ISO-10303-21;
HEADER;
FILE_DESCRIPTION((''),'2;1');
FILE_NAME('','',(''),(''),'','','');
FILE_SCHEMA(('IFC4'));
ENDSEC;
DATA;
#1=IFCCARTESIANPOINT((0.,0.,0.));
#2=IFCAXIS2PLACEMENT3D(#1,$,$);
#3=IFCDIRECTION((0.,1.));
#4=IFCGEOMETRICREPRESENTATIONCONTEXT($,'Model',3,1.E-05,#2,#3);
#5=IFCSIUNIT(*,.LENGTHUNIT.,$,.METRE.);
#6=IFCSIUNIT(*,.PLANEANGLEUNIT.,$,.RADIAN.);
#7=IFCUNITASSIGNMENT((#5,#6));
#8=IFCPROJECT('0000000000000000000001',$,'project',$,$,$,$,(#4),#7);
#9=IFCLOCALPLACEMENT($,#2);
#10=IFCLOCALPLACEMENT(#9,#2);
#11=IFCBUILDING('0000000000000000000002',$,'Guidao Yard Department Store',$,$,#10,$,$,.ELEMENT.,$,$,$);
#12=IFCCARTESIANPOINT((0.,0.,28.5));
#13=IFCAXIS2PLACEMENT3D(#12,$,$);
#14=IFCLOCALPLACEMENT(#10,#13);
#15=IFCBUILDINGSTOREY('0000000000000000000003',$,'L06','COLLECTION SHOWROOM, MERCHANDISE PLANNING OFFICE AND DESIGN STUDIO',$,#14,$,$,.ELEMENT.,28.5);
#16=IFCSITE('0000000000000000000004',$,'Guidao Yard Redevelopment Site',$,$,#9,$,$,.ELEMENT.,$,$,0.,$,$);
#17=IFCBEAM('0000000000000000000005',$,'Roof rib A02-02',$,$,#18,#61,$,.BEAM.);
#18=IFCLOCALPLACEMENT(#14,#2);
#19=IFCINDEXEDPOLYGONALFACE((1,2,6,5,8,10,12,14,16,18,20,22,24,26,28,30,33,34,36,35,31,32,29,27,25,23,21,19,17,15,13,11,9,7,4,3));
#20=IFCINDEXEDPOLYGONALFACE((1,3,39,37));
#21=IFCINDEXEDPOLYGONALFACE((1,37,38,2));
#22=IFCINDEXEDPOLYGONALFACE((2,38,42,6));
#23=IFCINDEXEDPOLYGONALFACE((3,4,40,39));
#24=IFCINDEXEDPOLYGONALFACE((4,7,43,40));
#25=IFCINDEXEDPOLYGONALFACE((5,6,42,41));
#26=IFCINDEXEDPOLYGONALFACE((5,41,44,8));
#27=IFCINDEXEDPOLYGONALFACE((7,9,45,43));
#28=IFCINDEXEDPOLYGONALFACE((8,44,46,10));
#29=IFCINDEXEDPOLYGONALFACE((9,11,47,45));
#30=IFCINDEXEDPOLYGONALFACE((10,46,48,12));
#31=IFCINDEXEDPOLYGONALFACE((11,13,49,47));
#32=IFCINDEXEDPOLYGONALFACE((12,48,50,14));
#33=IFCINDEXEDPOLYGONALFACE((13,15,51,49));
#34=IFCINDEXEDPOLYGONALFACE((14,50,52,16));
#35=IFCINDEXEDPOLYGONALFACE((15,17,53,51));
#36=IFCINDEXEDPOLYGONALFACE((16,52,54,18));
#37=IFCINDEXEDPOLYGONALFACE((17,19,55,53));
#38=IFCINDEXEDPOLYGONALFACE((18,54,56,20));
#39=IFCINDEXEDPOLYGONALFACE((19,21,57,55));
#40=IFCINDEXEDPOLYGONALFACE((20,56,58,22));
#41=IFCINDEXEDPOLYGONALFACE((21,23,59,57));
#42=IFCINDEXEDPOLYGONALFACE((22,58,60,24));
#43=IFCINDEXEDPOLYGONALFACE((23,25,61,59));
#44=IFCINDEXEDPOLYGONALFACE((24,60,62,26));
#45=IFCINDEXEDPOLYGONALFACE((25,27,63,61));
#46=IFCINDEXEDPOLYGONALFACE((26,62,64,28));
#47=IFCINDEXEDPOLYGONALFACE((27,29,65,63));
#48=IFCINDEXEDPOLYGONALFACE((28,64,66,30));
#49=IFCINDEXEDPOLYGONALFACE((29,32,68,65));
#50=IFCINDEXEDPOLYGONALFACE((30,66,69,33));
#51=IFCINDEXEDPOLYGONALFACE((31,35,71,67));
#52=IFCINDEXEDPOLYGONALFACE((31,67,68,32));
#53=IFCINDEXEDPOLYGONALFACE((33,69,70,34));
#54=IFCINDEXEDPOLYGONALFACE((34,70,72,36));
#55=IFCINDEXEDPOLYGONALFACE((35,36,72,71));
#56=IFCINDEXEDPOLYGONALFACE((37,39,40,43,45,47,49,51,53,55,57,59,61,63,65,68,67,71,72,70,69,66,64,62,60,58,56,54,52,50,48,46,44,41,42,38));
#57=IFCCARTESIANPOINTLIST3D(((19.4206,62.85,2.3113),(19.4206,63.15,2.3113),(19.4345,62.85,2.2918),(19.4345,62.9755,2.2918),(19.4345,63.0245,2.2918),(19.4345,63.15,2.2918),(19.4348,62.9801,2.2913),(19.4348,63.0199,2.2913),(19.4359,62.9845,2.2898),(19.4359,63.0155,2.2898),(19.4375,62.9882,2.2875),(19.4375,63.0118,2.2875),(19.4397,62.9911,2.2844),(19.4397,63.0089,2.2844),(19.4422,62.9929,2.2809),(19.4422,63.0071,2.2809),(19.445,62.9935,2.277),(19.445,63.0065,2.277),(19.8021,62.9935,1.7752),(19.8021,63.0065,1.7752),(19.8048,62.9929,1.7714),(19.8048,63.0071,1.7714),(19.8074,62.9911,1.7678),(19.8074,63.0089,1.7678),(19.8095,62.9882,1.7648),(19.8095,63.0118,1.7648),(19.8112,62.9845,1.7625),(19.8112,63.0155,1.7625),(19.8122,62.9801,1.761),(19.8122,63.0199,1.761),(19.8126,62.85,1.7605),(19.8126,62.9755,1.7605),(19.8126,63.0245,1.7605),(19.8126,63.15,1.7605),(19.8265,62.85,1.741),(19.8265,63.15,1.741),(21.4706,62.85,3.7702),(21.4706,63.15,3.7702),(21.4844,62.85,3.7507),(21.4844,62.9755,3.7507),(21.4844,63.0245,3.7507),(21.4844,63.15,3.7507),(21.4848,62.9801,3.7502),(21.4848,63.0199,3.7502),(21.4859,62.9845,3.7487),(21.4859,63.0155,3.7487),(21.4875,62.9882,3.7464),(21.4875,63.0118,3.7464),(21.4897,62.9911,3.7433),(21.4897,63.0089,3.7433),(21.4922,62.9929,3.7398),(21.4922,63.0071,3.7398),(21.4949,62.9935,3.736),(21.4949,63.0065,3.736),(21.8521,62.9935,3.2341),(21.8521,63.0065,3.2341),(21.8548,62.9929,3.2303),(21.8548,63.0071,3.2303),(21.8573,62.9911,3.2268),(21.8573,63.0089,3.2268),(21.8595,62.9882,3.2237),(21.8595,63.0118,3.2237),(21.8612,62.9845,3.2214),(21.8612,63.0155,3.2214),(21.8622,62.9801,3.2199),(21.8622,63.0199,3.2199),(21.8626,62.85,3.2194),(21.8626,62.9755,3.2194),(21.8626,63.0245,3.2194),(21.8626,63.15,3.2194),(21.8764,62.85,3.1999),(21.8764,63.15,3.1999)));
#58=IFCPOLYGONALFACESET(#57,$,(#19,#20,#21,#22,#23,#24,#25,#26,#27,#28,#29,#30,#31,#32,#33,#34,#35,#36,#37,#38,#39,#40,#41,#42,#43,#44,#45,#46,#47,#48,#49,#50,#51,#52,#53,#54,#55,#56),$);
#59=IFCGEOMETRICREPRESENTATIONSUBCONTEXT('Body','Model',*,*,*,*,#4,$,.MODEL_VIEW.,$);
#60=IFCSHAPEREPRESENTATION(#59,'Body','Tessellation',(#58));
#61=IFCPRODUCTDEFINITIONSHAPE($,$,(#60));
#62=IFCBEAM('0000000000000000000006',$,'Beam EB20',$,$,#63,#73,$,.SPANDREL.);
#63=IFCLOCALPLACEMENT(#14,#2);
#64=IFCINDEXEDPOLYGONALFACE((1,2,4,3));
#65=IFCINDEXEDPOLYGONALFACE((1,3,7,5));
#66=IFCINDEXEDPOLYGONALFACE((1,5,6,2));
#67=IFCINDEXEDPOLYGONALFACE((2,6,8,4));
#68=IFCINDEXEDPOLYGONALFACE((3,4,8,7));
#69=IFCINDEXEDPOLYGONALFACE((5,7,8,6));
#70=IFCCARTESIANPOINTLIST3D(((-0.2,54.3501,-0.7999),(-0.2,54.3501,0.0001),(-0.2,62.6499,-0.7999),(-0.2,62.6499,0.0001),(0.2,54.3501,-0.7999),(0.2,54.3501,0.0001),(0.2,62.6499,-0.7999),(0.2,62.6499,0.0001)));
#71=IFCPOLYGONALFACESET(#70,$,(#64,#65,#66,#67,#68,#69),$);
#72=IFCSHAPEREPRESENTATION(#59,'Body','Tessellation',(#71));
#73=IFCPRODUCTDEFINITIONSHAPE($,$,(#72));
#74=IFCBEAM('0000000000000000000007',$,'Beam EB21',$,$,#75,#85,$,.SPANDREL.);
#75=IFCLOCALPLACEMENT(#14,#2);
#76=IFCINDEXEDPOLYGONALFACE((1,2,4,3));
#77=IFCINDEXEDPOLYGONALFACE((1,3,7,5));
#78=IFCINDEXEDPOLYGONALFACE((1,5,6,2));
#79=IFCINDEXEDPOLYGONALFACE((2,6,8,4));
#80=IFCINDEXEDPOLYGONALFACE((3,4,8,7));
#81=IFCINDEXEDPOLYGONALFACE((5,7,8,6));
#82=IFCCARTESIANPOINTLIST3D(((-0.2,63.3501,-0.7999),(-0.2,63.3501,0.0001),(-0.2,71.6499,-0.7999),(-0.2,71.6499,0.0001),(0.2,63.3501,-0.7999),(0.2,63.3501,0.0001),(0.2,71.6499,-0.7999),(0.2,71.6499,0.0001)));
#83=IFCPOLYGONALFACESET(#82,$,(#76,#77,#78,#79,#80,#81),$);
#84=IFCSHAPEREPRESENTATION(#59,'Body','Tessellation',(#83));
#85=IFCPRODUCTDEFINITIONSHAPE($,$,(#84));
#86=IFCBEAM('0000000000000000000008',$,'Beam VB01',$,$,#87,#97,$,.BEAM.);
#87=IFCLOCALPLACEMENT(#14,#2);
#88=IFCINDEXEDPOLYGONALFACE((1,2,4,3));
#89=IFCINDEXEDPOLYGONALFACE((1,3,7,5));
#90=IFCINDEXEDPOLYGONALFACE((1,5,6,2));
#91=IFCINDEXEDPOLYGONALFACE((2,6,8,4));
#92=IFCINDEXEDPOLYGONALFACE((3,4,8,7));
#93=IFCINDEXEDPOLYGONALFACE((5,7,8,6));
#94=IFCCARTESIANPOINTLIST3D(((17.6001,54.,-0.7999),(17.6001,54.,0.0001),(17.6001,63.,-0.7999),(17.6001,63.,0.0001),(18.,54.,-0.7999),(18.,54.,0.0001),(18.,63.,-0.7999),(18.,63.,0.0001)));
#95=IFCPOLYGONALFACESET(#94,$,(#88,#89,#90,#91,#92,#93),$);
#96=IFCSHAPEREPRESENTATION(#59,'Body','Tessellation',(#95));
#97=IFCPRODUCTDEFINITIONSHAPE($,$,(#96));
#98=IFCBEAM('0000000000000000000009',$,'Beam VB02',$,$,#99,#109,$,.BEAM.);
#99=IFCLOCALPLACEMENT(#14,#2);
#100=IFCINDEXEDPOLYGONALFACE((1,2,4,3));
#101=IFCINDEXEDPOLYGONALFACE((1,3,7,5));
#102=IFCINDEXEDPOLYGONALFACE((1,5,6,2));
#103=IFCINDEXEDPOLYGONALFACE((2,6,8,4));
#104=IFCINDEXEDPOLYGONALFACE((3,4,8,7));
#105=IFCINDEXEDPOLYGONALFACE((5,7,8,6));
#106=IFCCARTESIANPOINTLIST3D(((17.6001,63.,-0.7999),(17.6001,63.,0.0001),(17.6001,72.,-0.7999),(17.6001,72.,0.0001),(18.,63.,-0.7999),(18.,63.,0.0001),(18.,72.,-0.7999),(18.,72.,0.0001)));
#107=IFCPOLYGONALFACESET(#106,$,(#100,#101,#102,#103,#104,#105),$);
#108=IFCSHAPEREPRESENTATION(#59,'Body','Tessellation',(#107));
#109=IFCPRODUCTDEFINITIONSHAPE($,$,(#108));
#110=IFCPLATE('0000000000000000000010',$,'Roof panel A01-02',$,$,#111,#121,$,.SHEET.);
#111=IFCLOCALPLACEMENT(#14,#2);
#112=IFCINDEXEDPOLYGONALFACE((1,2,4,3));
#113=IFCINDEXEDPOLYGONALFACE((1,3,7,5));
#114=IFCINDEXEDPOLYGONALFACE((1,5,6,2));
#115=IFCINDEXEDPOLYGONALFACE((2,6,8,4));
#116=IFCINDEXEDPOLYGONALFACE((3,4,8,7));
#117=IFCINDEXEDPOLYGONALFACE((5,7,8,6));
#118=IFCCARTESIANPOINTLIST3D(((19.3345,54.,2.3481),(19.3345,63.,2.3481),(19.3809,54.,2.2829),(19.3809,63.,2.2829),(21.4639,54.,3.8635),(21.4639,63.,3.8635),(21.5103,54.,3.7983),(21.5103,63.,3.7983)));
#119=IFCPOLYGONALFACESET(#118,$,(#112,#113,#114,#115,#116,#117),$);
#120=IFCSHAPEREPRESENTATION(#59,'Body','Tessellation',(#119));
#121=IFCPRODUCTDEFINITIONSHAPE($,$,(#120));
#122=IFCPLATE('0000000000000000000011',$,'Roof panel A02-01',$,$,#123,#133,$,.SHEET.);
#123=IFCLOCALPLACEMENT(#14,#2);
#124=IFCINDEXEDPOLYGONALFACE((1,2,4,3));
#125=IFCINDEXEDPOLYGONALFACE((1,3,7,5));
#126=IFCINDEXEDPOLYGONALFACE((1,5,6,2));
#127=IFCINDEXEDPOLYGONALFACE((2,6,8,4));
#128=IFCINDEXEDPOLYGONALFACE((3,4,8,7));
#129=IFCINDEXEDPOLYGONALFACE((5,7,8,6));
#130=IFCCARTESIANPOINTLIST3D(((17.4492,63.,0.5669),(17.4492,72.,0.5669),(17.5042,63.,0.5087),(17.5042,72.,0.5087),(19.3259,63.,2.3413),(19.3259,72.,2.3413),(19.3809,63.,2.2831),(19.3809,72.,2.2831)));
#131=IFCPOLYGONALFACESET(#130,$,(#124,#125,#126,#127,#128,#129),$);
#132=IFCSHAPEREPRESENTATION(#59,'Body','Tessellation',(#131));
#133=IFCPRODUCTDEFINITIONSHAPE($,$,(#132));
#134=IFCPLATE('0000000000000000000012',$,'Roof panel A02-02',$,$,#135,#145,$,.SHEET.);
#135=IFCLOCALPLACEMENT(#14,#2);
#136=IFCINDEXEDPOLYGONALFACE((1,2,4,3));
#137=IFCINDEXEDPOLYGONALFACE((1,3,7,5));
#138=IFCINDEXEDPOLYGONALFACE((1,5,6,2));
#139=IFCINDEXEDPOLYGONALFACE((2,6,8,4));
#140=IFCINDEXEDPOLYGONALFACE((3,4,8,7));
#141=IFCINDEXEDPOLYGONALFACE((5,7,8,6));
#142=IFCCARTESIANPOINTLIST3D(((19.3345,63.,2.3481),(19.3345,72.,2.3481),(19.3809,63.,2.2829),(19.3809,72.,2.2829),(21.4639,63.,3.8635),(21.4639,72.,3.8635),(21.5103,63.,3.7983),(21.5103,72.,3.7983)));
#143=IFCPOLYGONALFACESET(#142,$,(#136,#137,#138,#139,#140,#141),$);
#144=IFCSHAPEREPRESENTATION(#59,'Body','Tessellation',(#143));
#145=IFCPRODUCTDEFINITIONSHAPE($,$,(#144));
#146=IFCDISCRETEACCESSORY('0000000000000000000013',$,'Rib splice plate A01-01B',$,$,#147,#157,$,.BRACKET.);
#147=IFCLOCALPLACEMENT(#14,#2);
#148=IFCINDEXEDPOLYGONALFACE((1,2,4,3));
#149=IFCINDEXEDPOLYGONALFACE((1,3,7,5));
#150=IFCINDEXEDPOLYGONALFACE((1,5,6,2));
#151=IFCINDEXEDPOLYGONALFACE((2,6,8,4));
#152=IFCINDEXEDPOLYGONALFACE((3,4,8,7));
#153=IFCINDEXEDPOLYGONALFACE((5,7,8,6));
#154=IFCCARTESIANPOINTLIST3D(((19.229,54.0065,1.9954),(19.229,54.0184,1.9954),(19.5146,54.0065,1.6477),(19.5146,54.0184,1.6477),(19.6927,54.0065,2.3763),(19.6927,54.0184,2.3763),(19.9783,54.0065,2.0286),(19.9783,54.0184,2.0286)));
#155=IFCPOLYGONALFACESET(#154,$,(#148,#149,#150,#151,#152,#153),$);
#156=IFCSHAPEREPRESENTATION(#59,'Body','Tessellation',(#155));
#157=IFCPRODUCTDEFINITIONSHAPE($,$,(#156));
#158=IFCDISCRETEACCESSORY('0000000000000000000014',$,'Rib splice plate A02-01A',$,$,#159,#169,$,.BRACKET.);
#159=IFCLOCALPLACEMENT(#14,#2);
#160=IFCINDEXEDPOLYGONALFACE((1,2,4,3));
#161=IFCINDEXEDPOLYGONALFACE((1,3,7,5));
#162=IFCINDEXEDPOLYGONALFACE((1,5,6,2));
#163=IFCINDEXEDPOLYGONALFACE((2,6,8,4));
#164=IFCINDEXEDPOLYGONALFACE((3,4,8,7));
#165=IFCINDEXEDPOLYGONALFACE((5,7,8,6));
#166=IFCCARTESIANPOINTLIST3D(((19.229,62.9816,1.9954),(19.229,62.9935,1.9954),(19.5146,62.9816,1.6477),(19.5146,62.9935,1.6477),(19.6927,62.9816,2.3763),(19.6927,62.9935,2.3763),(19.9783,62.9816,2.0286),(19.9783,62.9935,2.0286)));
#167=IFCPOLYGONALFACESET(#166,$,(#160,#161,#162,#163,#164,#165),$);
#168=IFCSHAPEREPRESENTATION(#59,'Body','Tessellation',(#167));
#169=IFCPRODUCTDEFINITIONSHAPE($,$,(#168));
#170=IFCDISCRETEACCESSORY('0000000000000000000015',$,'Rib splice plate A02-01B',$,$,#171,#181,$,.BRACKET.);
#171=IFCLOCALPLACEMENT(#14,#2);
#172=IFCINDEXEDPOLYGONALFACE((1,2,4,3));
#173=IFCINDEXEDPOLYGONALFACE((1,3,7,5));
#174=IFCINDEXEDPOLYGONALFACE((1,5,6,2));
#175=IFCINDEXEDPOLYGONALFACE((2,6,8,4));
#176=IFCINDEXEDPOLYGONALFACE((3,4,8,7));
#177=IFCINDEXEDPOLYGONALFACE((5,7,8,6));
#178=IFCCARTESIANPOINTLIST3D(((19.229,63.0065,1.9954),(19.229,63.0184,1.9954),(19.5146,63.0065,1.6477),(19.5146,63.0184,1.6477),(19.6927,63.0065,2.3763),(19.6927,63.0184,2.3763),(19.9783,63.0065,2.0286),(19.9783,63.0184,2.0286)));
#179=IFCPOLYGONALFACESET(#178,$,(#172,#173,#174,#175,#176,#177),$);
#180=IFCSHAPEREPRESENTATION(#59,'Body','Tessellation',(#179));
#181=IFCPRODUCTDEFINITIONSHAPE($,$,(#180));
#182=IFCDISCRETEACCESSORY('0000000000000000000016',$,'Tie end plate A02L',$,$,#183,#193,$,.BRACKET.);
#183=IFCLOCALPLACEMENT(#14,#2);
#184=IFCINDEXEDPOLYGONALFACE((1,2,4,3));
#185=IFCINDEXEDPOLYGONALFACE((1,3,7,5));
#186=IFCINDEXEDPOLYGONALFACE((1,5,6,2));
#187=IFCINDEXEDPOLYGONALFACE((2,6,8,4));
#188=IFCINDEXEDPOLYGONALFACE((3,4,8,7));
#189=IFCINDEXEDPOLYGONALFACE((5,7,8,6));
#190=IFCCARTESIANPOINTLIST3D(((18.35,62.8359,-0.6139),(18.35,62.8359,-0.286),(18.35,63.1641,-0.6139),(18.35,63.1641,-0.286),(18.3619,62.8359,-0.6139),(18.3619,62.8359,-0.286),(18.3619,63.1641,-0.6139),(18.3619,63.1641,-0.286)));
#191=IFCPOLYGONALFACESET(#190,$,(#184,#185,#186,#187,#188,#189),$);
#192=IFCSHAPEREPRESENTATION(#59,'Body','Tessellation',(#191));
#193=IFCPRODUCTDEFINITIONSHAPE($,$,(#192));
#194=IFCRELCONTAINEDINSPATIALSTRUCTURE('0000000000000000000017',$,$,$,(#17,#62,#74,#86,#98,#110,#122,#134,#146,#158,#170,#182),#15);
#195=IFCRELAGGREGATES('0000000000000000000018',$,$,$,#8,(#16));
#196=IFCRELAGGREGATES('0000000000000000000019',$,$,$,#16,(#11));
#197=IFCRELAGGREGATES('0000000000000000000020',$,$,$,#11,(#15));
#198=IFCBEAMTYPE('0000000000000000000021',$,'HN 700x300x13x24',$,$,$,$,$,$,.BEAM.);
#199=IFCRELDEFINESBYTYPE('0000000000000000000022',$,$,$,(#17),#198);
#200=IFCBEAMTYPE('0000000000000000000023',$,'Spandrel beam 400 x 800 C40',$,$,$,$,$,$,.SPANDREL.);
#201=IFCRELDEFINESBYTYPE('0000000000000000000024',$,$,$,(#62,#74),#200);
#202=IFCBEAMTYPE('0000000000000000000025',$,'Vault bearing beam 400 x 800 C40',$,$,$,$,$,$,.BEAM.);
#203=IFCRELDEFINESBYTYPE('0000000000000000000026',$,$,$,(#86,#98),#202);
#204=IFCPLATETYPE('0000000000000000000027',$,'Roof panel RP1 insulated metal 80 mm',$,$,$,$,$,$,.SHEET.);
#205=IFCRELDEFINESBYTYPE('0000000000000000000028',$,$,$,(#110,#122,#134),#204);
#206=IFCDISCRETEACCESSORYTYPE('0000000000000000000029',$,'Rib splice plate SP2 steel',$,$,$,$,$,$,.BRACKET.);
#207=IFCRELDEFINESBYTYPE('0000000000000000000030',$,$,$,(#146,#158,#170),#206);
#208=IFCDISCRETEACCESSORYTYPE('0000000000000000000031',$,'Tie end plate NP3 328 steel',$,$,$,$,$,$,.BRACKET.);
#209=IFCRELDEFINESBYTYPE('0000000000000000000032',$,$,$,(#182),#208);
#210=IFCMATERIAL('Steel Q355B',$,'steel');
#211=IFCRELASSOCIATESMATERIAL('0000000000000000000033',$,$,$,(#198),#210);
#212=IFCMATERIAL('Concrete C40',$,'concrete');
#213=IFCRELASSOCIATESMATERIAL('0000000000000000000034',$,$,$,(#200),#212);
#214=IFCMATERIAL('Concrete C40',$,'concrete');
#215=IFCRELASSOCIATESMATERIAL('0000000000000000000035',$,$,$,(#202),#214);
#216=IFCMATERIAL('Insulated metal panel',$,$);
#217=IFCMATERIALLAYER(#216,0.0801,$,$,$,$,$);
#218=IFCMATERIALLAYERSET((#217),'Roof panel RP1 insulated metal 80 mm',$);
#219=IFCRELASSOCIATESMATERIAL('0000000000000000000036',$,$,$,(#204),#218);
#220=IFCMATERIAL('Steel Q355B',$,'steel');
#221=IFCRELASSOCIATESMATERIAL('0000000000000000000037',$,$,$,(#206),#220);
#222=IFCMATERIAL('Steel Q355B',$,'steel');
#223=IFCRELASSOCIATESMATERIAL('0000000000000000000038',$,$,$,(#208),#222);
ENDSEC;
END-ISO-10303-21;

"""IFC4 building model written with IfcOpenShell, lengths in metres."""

from ifc_helpers import new_model, si_unit, direction, frame, origin, origin_2d, place, context, subcontext, project, spatial, polyline, rectangle, i_section, outline, extrude, material, layer, layer_set, material_profile, profile_set, type_object, element, save


model = new_model("IFC4")

# Units and contexts
model_context = context("Model", 3, precision=1e-05, world=origin(), true_north=direction((0.0, 1.0)))
body_context = subcontext(model_context, "Body", "Model", "MODEL_VIEW")
ifc_project = project(units=[si_unit("LENGTHUNIT", "METRE"), si_unit("PLANEANGLEUNIT", "RADIAN")], contexts=[model_context])

# Site, building, storey
site_placement = place(None, origin())
site = spatial("IfcSite", under=ifc_project, at=site_placement, Name="Guidao Yard Redevelopment Site", CompositionType="ELEMENT", RefElevation=0.0)
building_placement = place(site_placement, origin())
building = spatial("IfcBuilding", under=site, at=building_placement, Name="Guidao Yard Department Store", CompositionType="ELEMENT")
storey_placement = place(building_placement, frame((0.0, 0.0, 28.5)))
storey = spatial("IfcBuildingStorey", under=building, at=storey_placement, Name="L06", Description="COLLECTION SHOWROOM, MERCHANDISE PLANNING OFFICE AND DESIGN STUDIO", CompositionType="ELEMENT", Elevation=28.5)

# Beams
ifc_material_1 = material(Name="Steel Q355B", Category="steel")
ifc_material_profile_1 = material_profile(ifc_material_1, i_section(OverallWidth=0.3, OverallDepth=0.7, WebThickness=0.0129, FlangeThickness=0.0239, FilletRadius=0.0181, at=origin_2d()), Name="HN 700x300x13x24")
ifc_profile_set_1 = profile_set([ifc_material_profile_1], Name="Steel Q355B")
beam_type_1 = type_object("IfcBeamType", Name="HN 700x300x13x24", PredefinedType="BEAM", material=ifc_profile_set_1)
beam_1_placement = place(storey_placement, frame((19.6235, 63.0, 2.0261), z_axis=(0.814735, 0.0, 0.579833), x_axis=(0.0, 1.0, 0.0)))
element("IfcBeam", 1, at=beam_1_placement, inside=storey, type_object=beam_type_1, Name="Roof rib A02-02", PredefinedType="BEAM", context=body_context, shape_type="SweptSolid", body=[
    extrude(i_section(OverallWidth=0.3, OverallDepth=0.7, WebThickness=0.0129, FlangeThickness=0.0239, FilletRadius=0.0181, at=origin_2d()), origin(), (0.0, 0.0, 1.0), 2.5161),
])
ifc_material_2 = material(Name="Concrete C40", Category="concrete")
ifc_material_profile_2 = material_profile(ifc_material_2, rectangle(XDim=0.3999, YDim=0.8, at=origin_2d()), Name="Spandrel beam 400 x 800 C40")
ifc_profile_set_2 = profile_set([ifc_material_profile_2], Name="Concrete C40")
beam_type_2 = type_object("IfcBeamType", Name="Spandrel beam 400 x 800 C40", PredefinedType="SPANDREL", material=ifc_profile_set_2)
for number, where, z_axis, x_axis, name in (
    (2, (0.0, 54.3501, -0.3999), (0.0, 1.0, 0.0), (-1.0, 0.0, 0.0), "Beam EB20"),
    (3, (0.0, 63.3501, -0.3999), (0.0, 1.0, 0.0), (-1.0, 0.0, 0.0), "Beam EB21"),
):
    element("IfcBeam", number, at=place(storey_placement, frame(where, z_axis=z_axis, x_axis=x_axis)), inside=storey, type_object=beam_type_2, Name=name, PredefinedType="SPANDREL", context=body_context, shape_type="SweptSolid", body=[
        extrude(rectangle(XDim=0.3999, YDim=0.8, at=origin_2d()), origin(), (0.0, 0.0, 1.0), 8.2998),
    ])
ifc_material_3 = material(Name="Concrete C40", Category="concrete")
ifc_material_profile_3 = material_profile(ifc_material_3, rectangle(XDim=0.3999, YDim=0.8, at=origin_2d()), Name="Vault bearing beam 400 x 800 C40")
ifc_profile_set_3 = profile_set([ifc_material_profile_3], Name="Concrete C40")
beam_type_3 = type_object("IfcBeamType", Name="Vault bearing beam 400 x 800 C40", PredefinedType="BEAM", material=ifc_profile_set_3)
for number, where, z_axis, x_axis, name in (
    (4, (17.8, 54.0, -0.3999), (0.0, 1.0, 0.0), (-1.0, 0.0, 0.0), "Beam VB01"),
    (5, (17.8, 63.0, -0.3999), (0.0, 1.0, 0.0), (-1.0, 0.0, 0.0), "Beam VB02"),
):
    element("IfcBeam", number, at=place(storey_placement, frame(where, z_axis=z_axis, x_axis=x_axis)), inside=storey, type_object=beam_type_3, Name=name, PredefinedType="BEAM", context=body_context, shape_type="SweptSolid", body=[
        extrude(rectangle(XDim=0.3999, YDim=0.8, at=origin_2d()), origin(), (0.0, 0.0, 1.0), 9.0),
    ])

# Plates
ifc_material_4 = material(Name="Insulated metal panel")
ifc_layer = layer(ifc_material_4, 0.0801)
ifc_layer_set = layer_set([ifc_layer], Name="Roof panel RP1 insulated metal 80 mm")
plate_type = type_object("IfcPlateType", Name="Roof panel RP1 insulated metal 80 mm", PredefinedType="SHEET", material=ifc_layer_set)
plate_1_placement = place(storey_placement, frame((19.3345, 54.0, 2.3481), z_axis=(-0.579815, 0.0, 0.814748), x_axis=(0.814748, 0.0, 0.579815)))
element("IfcPlate", 6, at=plate_1_placement, inside=storey, type_object=plate_type, Name="Roof panel A01-02", PredefinedType="SHEET", context=body_context, shape_type="SweptSolid", body=[
    extrude(outline(polyline([(0.0, 0.0), (2.6136, 0.0), (2.6136, 9.0), (0.0, 9.0), (0.0, 0.0)])), origin(), (0.0, 0.0, -1.0), 0.0801),
])
plate_2_placement = place(storey_placement, frame((17.4492, 63.0, 0.5669), z_axis=(-0.687026, 0.0, 0.726633), x_axis=(0.726633, 0.0, 0.687026)))
element("IfcPlate", 7, at=plate_2_placement, inside=storey, type_object=plate_type, Name="Roof panel A02-01", PredefinedType="SHEET", context=body_context, shape_type="SweptSolid", body=[
    extrude(outline(polyline([(0.0, 0.0), (2.5827, 0.0), (2.5827, 9.0), (0.0, 9.0), (0.0, 0.0)])), origin(), (0.0, 0.0, -1.0), 0.0801),
])
plate_3_placement = place(storey_placement, frame((19.3345, 63.0, 2.3481), z_axis=(-0.579815, 0.0, 0.814748), x_axis=(0.814748, 0.0, 0.579815)))
element("IfcPlate", 8, at=plate_3_placement, inside=storey, type_object=plate_type, Name="Roof panel A02-02", PredefinedType="SHEET", context=body_context, shape_type="SweptSolid", body=[
    extrude(outline(polyline([(0.0, 0.0), (2.6136, 0.0), (2.6136, 9.0), (0.0, 9.0), (0.0, 0.0)])), origin(), (0.0, 0.0, -1.0), 0.0801),
])

# Discrete accessories
ifc_material_5 = material(Name="Steel Q355B", Category="steel")
ifc_material_profile_4 = material_profile(ifc_material_5, rectangle(XDim=0.012, YDim=0.45, at=origin_2d()), Name="Splice plate 450x12")
ifc_profile_set_4 = profile_set([ifc_material_profile_4], Name="Steel Q355B")
discrete_accessory_type_1 = type_object("IfcDiscreteAccessoryType", Name="Rib splice plate SP2 steel", PredefinedType="BRACKET", material=ifc_profile_set_4)
for number, where, z_axis, x_axis, name in (
    (9, (19.3718, 54.0125, 1.8215), (0.772705, 0.0, 0.634765), (0.0, 1.0, 0.0), "Rib splice plate A01-01B"),
    (10, (19.3718, 62.9875, 1.8215), (0.772705, 0.0, 0.634765), (0.0, 1.0, 0.0), "Rib splice plate A02-01A"),
    (11, (19.3718, 63.0125, 1.8215), (0.772705, 0.0, 0.634765), (0.0, 1.0, 0.0), "Rib splice plate A02-01B"),
):
    element("IfcDiscreteAccessory", number, at=place(storey_placement, frame(where, z_axis=z_axis, x_axis=x_axis)), inside=storey, type_object=discrete_accessory_type_1, Name=name, PredefinedType="BRACKET", context=body_context, shape_type="SweptSolid", body=[
        extrude(rectangle(XDim=0.012, YDim=0.45, at=origin_2d()), origin(), (0.0, 0.0, 1.0), 0.6001),
    ])
ifc_material_6 = material(Name="Steel Q355B", Category="steel")
ifc_material_profile_5 = material_profile(ifc_material_6, rectangle(XDim=0.3279, YDim=0.012, at=origin_2d()), Name="Node plate 328x12")
ifc_profile_set_5 = profile_set([ifc_material_profile_5], Name="Steel Q355B")
discrete_accessory_type_2 = type_object("IfcDiscreteAccessoryType", Name="Tie end plate NP3 328 steel", PredefinedType="BRACKET", material=ifc_profile_set_5)
for number, where, z_axis, x_axis, name in (
    (12, (18.356, 62.8359, -0.45), (0.0, 1.0, 0.0), (0.0, 0.0, 1.0), "Tie end plate A02L"),
):
    element("IfcDiscreteAccessory", number, at=place(storey_placement, frame(where, z_axis=z_axis, x_axis=x_axis)), inside=storey, type_object=discrete_accessory_type_2, Name=name, PredefinedType="BRACKET", context=body_context, shape_type="SweptSolid", body=[
        extrude(rectangle(XDim=0.3279, YDim=0.012, at=origin_2d()), origin(), (0.0, 0.0, 1.0), 0.3281),
    ])

save(model, "model.ifc")
